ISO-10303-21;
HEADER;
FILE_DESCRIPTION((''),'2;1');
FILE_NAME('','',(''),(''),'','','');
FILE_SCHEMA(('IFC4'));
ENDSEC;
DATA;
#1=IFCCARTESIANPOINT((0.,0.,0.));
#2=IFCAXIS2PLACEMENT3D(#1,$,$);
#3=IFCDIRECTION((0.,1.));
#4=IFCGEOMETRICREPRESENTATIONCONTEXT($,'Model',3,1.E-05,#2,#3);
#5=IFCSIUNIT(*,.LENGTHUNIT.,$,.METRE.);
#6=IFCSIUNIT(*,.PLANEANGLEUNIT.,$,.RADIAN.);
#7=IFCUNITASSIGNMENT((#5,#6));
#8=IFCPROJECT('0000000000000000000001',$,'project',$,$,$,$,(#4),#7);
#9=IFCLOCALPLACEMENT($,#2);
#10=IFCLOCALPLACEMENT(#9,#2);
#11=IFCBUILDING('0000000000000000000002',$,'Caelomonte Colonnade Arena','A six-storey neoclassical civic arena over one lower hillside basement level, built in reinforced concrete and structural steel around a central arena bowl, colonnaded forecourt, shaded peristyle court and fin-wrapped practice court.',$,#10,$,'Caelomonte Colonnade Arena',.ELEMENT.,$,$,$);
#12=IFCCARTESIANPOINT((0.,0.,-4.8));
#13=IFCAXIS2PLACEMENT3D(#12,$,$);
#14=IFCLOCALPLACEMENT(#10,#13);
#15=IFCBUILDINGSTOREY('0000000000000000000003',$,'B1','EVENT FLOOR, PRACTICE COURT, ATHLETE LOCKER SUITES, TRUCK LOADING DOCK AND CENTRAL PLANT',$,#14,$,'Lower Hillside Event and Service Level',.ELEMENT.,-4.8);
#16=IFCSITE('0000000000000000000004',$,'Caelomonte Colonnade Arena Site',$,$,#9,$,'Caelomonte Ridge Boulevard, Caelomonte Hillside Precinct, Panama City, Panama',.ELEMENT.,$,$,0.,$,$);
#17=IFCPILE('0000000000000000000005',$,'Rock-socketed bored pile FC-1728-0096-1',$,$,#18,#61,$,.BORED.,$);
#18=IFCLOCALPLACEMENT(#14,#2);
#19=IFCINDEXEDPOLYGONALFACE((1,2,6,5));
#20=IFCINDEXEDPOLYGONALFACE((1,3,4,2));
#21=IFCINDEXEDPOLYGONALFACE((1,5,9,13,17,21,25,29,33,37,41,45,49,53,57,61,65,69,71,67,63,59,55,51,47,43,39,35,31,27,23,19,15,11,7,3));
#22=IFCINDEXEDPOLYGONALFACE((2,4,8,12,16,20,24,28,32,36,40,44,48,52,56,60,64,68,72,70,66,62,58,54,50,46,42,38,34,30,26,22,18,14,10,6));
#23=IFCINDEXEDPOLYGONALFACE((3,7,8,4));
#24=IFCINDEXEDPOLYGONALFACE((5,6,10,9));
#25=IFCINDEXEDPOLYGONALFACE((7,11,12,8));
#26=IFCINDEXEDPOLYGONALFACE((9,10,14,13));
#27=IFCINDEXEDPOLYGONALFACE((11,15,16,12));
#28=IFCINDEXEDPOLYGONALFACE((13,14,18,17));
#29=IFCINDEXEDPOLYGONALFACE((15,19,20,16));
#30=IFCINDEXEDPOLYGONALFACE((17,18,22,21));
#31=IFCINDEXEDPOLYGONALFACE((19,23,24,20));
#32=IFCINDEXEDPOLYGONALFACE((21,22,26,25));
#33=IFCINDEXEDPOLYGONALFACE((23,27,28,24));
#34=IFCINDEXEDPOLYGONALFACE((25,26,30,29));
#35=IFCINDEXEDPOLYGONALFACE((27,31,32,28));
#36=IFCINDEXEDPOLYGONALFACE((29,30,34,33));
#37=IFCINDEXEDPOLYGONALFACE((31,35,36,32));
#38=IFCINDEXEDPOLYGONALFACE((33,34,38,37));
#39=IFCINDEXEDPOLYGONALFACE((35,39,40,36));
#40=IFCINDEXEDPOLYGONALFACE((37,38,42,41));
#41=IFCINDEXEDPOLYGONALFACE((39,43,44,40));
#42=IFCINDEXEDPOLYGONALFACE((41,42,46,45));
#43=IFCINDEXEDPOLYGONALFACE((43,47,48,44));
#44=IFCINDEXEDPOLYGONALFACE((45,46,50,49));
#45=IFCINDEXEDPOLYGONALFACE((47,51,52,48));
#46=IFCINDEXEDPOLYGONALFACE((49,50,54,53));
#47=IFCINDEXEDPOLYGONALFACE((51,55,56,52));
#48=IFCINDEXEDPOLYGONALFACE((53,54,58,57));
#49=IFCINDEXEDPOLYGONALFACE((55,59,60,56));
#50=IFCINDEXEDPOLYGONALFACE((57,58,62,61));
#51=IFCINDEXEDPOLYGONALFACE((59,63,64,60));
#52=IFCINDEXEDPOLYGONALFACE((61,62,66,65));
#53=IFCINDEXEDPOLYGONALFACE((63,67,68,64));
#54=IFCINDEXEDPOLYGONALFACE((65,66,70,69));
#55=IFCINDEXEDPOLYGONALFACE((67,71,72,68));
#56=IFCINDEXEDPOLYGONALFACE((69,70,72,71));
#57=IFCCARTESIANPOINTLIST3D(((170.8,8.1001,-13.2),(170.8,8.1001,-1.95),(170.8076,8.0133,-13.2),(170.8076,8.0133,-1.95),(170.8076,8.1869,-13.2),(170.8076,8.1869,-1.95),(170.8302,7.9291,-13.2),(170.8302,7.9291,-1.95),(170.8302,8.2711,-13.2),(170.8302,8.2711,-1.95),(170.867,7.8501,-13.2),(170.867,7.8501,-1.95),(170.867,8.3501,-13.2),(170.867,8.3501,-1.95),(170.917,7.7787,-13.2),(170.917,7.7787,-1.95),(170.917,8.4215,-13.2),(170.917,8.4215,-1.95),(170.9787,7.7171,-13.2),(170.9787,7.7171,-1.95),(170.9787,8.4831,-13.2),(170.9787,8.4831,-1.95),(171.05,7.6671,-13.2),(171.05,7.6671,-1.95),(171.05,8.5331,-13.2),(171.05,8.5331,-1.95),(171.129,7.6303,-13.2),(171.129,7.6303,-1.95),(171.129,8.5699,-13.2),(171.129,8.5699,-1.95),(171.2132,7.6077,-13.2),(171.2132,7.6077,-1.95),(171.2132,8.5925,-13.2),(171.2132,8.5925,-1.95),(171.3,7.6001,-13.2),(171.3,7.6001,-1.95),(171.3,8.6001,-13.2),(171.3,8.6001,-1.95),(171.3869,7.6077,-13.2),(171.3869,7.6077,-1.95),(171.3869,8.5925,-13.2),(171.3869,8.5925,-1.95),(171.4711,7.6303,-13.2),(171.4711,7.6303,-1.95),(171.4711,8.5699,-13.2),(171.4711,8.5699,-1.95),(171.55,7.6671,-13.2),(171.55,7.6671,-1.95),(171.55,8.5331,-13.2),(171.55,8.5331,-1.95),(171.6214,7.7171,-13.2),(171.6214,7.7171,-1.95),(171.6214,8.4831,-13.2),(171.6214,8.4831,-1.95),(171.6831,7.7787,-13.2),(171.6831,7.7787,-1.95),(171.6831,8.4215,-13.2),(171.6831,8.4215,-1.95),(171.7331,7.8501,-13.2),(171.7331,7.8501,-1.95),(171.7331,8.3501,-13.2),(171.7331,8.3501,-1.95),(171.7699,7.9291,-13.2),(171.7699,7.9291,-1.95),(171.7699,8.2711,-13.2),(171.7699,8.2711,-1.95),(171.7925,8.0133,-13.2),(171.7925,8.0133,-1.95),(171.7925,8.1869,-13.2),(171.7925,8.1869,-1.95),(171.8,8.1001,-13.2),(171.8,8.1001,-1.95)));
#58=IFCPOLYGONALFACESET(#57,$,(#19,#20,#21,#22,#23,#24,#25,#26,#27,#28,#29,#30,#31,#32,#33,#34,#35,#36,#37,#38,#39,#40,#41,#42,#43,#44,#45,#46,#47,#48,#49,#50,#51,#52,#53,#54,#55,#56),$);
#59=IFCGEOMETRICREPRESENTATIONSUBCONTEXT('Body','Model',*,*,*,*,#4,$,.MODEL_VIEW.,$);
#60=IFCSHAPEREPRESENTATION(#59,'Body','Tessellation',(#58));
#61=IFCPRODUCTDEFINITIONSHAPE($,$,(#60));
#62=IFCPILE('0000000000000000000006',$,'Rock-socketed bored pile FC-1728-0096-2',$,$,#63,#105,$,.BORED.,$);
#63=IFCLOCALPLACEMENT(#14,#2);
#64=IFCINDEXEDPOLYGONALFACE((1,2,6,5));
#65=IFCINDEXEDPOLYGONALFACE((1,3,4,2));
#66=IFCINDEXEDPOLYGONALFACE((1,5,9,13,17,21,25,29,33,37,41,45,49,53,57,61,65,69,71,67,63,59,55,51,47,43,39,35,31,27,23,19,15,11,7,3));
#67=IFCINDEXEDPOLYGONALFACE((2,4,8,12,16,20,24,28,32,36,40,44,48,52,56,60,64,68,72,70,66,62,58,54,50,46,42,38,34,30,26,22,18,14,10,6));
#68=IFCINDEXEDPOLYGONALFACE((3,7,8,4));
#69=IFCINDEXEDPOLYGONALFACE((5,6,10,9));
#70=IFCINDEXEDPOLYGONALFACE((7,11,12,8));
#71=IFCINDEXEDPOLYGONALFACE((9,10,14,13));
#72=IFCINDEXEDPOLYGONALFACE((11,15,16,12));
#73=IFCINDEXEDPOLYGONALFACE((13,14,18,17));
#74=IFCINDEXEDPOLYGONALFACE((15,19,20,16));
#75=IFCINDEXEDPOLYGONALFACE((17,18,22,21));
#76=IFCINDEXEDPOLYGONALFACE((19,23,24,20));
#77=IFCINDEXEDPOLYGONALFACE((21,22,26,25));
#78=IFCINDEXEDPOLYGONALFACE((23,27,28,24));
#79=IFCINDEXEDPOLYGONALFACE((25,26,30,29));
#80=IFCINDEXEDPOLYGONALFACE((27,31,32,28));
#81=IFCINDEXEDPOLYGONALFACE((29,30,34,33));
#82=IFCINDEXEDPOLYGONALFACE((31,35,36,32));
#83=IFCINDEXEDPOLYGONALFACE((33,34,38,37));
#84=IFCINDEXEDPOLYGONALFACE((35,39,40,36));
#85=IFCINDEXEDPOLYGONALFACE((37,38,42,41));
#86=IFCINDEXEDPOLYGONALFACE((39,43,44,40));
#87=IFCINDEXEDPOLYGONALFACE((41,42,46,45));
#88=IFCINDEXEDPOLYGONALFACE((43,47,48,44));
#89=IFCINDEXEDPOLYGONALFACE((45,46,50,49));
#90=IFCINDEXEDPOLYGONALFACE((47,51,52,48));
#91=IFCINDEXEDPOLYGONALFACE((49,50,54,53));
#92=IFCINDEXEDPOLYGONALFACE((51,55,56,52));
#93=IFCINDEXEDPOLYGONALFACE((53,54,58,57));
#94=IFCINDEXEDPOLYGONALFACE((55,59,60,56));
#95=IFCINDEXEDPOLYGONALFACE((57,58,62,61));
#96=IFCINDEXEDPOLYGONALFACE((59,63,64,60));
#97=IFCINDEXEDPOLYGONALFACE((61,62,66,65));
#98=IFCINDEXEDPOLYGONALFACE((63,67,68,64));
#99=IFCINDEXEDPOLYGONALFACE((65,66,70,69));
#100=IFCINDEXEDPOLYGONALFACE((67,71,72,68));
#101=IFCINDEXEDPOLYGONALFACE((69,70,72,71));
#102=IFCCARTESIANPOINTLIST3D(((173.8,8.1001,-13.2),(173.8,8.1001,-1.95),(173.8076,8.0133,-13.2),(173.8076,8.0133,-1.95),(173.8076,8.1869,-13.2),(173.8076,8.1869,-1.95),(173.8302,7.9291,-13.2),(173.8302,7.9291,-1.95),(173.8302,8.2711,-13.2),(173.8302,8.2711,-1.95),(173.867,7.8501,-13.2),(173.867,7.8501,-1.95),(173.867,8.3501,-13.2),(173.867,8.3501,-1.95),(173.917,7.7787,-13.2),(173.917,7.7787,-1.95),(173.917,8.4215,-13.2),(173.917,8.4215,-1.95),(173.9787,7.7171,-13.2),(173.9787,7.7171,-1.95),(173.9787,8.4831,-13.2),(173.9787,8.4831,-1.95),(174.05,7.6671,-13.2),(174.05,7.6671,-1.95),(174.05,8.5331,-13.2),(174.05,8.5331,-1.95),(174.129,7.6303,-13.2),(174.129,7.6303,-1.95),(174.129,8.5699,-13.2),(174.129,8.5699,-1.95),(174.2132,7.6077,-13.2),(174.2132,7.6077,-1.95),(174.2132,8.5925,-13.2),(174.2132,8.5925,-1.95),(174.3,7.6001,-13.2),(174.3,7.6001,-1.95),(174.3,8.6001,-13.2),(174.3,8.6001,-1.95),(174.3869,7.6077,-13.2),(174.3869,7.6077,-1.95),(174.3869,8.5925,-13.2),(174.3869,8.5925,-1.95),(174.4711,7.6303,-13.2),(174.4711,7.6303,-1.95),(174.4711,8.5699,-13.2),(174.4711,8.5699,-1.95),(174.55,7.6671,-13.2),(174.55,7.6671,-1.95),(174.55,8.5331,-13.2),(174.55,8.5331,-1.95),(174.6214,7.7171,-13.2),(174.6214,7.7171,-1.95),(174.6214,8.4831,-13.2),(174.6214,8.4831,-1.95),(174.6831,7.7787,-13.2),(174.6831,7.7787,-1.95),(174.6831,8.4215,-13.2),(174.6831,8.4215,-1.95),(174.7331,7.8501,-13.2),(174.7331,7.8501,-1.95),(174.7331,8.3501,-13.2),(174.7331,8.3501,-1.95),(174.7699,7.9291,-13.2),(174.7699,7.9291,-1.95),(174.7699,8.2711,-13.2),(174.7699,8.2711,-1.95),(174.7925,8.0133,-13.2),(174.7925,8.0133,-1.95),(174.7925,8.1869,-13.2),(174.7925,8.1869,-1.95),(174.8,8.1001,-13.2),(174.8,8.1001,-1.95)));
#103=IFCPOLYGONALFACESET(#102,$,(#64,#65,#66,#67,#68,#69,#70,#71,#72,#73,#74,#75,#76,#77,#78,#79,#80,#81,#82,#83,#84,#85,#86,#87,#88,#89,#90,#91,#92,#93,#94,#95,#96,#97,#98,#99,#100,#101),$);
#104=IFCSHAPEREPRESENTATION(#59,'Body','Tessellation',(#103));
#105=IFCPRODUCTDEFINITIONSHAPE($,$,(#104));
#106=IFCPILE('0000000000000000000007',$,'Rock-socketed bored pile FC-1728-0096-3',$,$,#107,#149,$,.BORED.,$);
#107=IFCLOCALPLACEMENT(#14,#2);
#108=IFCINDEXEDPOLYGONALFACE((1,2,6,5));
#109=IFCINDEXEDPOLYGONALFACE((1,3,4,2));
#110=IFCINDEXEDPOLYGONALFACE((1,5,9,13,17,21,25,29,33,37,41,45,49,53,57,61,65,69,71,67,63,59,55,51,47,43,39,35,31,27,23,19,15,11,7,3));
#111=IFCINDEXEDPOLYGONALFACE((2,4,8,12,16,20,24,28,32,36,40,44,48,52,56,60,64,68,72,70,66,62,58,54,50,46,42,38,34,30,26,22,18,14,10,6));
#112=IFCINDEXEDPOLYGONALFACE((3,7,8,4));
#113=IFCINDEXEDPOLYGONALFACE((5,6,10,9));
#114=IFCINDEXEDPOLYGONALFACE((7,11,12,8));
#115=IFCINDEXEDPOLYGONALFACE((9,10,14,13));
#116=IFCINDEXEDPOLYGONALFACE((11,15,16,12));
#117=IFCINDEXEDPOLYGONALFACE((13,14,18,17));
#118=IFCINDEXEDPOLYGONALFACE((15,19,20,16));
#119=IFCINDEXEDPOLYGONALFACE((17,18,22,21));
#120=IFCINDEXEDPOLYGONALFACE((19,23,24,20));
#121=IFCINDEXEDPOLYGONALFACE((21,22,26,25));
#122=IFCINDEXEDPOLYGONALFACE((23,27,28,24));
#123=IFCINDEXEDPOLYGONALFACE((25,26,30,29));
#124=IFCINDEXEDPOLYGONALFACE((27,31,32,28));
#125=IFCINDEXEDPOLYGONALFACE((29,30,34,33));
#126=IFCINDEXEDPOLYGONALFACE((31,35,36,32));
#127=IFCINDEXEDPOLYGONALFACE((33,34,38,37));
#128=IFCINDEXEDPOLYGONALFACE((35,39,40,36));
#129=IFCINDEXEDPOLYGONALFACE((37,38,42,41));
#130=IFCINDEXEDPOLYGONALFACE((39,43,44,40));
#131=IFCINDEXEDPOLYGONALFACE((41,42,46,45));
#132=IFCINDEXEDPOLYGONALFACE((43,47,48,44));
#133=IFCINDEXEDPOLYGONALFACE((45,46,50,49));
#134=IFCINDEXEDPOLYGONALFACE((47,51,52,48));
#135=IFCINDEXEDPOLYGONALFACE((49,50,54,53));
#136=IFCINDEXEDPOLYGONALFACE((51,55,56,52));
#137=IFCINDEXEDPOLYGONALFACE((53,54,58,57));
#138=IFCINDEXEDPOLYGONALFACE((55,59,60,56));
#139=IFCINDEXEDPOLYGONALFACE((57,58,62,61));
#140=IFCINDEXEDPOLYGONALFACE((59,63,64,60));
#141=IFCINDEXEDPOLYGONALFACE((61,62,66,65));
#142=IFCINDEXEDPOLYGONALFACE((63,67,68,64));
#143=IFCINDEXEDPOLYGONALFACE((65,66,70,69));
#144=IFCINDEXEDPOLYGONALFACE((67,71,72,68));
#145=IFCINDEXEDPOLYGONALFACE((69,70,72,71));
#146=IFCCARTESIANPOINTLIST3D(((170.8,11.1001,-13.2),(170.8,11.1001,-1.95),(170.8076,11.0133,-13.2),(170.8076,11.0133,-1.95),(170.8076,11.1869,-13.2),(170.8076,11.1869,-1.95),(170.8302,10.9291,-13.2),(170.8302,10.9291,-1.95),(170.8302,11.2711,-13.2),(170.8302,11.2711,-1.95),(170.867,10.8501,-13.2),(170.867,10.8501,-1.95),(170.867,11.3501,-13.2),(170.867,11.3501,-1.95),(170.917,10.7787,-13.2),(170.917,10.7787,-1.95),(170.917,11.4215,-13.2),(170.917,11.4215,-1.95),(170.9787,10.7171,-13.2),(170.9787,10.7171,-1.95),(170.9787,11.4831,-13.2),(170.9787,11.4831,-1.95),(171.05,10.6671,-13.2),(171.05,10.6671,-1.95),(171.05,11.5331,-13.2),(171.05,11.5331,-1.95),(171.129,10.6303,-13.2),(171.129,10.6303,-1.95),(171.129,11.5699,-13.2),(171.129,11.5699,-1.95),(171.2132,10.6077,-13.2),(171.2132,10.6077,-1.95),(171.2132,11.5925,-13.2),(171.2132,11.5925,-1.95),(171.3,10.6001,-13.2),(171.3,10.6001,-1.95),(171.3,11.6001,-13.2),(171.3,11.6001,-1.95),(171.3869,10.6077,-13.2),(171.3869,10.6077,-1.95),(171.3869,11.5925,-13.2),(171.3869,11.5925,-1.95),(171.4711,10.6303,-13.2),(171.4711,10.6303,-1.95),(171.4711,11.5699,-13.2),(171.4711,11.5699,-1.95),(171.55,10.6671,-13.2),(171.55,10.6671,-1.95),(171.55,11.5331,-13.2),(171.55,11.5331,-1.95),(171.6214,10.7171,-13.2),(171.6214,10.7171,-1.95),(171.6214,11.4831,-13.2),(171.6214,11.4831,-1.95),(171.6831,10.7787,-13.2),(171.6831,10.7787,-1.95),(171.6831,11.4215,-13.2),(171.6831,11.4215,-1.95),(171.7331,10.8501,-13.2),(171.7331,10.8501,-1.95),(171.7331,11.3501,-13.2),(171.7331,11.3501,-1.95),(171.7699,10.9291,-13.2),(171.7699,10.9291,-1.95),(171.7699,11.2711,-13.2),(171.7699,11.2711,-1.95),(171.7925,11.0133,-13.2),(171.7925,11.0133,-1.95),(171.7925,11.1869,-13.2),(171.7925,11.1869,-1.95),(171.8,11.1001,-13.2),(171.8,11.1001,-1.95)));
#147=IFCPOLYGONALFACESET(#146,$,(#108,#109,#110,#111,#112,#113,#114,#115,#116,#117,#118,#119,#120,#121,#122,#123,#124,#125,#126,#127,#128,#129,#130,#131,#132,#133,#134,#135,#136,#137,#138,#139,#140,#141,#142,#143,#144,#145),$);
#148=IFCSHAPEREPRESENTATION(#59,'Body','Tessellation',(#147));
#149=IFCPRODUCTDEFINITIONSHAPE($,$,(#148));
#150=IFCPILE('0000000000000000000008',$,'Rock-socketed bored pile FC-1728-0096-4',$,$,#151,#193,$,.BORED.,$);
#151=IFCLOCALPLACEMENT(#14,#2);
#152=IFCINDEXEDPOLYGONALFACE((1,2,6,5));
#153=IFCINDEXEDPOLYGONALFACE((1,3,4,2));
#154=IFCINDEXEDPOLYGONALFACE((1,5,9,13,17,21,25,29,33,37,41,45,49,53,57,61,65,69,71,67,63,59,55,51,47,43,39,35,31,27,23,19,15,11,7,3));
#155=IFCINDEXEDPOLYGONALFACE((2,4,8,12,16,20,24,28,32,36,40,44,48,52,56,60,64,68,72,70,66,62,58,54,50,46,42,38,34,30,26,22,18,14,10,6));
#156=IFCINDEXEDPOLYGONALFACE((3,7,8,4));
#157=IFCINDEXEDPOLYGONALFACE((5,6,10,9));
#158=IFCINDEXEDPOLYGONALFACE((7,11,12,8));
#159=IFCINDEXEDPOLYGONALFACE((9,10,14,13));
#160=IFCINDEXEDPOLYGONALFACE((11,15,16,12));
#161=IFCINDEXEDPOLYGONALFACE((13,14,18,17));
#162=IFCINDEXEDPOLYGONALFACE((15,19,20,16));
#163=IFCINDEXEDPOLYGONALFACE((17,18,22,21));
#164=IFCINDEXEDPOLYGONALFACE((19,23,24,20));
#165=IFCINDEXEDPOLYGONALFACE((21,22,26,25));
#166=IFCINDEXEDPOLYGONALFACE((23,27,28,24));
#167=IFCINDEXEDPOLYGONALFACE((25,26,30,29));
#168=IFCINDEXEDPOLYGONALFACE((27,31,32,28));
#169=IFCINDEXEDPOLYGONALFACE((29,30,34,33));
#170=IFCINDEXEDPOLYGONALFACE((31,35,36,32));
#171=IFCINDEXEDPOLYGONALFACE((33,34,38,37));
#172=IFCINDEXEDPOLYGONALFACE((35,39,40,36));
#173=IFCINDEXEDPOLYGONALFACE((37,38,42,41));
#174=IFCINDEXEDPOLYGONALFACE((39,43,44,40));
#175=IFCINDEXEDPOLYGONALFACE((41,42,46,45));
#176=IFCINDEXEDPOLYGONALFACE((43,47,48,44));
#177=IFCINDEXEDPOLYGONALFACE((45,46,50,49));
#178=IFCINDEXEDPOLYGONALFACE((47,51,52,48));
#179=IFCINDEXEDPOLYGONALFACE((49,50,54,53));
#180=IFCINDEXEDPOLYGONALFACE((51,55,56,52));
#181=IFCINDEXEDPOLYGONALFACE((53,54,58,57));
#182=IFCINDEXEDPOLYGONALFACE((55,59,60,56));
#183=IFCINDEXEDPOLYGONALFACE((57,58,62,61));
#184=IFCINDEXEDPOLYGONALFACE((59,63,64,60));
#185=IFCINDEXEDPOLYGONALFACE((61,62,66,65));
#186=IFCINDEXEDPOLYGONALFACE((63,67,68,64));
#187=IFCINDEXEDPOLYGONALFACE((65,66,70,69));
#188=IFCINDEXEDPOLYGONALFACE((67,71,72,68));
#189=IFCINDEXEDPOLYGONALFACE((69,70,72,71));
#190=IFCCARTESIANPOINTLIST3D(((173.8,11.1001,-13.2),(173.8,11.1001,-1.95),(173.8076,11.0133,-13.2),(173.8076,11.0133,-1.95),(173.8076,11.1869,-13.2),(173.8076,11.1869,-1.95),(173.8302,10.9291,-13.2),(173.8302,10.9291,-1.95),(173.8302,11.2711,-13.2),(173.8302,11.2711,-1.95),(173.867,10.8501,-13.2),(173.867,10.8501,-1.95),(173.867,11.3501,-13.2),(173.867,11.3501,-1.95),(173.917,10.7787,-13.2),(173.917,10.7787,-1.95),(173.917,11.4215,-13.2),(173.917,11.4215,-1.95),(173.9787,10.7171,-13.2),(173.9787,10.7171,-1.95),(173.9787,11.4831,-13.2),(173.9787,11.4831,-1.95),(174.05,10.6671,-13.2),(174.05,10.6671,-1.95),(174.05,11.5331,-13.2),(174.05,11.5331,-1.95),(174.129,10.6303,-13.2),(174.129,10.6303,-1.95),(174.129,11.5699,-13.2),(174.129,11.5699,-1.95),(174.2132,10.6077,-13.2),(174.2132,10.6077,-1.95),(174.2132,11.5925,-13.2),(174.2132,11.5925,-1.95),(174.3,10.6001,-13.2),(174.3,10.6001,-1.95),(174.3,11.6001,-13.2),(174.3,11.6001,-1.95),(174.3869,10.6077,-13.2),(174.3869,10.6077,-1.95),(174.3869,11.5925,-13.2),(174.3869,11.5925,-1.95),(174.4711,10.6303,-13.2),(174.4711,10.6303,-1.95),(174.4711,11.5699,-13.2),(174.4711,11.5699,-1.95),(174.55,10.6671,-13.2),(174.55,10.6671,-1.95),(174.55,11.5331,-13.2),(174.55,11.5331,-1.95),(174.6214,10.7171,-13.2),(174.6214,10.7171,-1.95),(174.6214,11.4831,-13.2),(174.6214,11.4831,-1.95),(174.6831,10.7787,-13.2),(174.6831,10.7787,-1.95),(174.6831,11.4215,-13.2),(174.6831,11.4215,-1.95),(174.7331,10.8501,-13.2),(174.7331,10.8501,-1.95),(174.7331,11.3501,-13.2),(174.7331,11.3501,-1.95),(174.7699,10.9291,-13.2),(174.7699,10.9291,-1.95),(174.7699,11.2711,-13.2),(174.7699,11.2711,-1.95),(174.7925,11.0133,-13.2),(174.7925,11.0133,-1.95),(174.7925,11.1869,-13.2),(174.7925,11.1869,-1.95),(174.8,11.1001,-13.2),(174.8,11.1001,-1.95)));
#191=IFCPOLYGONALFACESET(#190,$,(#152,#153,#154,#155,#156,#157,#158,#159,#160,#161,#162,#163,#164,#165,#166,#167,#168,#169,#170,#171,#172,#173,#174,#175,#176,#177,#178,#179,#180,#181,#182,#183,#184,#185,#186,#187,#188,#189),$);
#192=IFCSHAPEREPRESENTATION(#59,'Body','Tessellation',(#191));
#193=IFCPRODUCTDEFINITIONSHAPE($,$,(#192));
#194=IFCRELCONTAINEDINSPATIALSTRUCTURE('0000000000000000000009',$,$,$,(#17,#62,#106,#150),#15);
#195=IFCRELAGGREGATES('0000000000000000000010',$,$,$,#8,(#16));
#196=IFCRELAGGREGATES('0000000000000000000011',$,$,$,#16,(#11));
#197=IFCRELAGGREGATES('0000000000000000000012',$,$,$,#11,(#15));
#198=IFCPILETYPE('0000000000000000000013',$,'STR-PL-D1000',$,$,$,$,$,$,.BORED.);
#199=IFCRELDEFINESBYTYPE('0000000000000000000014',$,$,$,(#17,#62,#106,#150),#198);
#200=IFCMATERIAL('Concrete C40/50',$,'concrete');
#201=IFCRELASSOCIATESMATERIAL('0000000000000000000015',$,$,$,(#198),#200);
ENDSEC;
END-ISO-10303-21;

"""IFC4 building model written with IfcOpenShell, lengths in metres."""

from ifc_helpers import new_model, si_unit, direction, frame, origin, origin_2d, place, context, subcontext, project, spatial, circle, extrude, material, material_profile, profile_set, type_object, element, save


model = new_model("IFC4")

# Units and contexts
model_context = context("Model", 3, precision=1e-05, world=origin(), true_north=direction((0.0, 1.0)))
body_context = subcontext(model_context, "Body", "Model", "MODEL_VIEW")
ifc_project = project(units=[si_unit("LENGTHUNIT", "METRE"), si_unit("PLANEANGLEUNIT", "RADIAN")], contexts=[model_context])

# Site, building, storey
site_placement = place(None, origin())
site = spatial("IfcSite", under=ifc_project, at=site_placement, Name="Caelomonte Colonnade Arena Site", LongName="Caelomonte Ridge Boulevard, Caelomonte Hillside Precinct, Panama City, Panama", CompositionType="ELEMENT", RefElevation=0.0)
building_placement = place(site_placement, origin())
building = spatial("IfcBuilding", under=site, at=building_placement, Name="Caelomonte Colonnade Arena", Description="A six-storey neoclassical civic arena over one lower hillside basement level, built in reinforced concrete and structural steel around a central arena bowl, colonnaded forecourt, shaded peristyle court and fin-wrapped practice court.", LongName="Caelomonte Colonnade Arena", CompositionType="ELEMENT")
storey_placement = place(building_placement, frame((0.0, 0.0, -4.8)))
storey = spatial("IfcBuildingStorey", under=building, at=storey_placement, Name="B1", Description="EVENT FLOOR, PRACTICE COURT, ATHLETE LOCKER SUITES, TRUCK LOADING DOCK AND CENTRAL PLANT", LongName="Lower Hillside Event and Service Level", CompositionType="ELEMENT", Elevation=-4.8)

# Shared definitions
ifc_material_1 = material(Name="Concrete C40/50", Category="concrete")

# Piles
ifc_material_profile_1 = material_profile(ifc_material_1, circle(Radius=0.5, at=origin_2d()), Name="PILE-D1000")
ifc_profile_set_1 = profile_set([ifc_material_profile_1], Name="Concrete C40/50")
pile_type = type_object("IfcPileType", Name="STR-PL-D1000", PredefinedType="BORED", material=ifc_profile_set_1)
for number, where, z_axis, x_axis, name in (
    (1, (171.3, 8.1001, -1.95), (0.0, 0.0, -1.0), (1.0, 0.0, 0.0), "Rock-socketed bored pile FC-1728-0096-1"),
    (2, (174.3, 8.1001, -1.95), (0.0, 0.0, -1.0), (1.0, 0.0, 0.0), "Rock-socketed bored pile FC-1728-0096-2"),
    (3, (171.3, 11.1001, -1.95), (0.0, 0.0, -1.0), (1.0, 0.0, 0.0), "Rock-socketed bored pile FC-1728-0096-3"),
    (4, (174.3, 11.1001, -1.95), (0.0, 0.0, -1.0), (1.0, 0.0, 0.0), "Rock-socketed bored pile FC-1728-0096-4"),
):
    element("IfcPile", number, at=place(storey_placement, frame(where, z_axis=z_axis, x_axis=x_axis)), inside=storey, type_object=pile_type, Name=name, PredefinedType="BORED", context=body_context, shape_type="SweptSolid", body=[
        extrude(circle(Radius=0.5, at=origin_2d()), origin(), (0.0, 0.0, 1.0), 11.25),
    ])

save(model, "model.ifc")
